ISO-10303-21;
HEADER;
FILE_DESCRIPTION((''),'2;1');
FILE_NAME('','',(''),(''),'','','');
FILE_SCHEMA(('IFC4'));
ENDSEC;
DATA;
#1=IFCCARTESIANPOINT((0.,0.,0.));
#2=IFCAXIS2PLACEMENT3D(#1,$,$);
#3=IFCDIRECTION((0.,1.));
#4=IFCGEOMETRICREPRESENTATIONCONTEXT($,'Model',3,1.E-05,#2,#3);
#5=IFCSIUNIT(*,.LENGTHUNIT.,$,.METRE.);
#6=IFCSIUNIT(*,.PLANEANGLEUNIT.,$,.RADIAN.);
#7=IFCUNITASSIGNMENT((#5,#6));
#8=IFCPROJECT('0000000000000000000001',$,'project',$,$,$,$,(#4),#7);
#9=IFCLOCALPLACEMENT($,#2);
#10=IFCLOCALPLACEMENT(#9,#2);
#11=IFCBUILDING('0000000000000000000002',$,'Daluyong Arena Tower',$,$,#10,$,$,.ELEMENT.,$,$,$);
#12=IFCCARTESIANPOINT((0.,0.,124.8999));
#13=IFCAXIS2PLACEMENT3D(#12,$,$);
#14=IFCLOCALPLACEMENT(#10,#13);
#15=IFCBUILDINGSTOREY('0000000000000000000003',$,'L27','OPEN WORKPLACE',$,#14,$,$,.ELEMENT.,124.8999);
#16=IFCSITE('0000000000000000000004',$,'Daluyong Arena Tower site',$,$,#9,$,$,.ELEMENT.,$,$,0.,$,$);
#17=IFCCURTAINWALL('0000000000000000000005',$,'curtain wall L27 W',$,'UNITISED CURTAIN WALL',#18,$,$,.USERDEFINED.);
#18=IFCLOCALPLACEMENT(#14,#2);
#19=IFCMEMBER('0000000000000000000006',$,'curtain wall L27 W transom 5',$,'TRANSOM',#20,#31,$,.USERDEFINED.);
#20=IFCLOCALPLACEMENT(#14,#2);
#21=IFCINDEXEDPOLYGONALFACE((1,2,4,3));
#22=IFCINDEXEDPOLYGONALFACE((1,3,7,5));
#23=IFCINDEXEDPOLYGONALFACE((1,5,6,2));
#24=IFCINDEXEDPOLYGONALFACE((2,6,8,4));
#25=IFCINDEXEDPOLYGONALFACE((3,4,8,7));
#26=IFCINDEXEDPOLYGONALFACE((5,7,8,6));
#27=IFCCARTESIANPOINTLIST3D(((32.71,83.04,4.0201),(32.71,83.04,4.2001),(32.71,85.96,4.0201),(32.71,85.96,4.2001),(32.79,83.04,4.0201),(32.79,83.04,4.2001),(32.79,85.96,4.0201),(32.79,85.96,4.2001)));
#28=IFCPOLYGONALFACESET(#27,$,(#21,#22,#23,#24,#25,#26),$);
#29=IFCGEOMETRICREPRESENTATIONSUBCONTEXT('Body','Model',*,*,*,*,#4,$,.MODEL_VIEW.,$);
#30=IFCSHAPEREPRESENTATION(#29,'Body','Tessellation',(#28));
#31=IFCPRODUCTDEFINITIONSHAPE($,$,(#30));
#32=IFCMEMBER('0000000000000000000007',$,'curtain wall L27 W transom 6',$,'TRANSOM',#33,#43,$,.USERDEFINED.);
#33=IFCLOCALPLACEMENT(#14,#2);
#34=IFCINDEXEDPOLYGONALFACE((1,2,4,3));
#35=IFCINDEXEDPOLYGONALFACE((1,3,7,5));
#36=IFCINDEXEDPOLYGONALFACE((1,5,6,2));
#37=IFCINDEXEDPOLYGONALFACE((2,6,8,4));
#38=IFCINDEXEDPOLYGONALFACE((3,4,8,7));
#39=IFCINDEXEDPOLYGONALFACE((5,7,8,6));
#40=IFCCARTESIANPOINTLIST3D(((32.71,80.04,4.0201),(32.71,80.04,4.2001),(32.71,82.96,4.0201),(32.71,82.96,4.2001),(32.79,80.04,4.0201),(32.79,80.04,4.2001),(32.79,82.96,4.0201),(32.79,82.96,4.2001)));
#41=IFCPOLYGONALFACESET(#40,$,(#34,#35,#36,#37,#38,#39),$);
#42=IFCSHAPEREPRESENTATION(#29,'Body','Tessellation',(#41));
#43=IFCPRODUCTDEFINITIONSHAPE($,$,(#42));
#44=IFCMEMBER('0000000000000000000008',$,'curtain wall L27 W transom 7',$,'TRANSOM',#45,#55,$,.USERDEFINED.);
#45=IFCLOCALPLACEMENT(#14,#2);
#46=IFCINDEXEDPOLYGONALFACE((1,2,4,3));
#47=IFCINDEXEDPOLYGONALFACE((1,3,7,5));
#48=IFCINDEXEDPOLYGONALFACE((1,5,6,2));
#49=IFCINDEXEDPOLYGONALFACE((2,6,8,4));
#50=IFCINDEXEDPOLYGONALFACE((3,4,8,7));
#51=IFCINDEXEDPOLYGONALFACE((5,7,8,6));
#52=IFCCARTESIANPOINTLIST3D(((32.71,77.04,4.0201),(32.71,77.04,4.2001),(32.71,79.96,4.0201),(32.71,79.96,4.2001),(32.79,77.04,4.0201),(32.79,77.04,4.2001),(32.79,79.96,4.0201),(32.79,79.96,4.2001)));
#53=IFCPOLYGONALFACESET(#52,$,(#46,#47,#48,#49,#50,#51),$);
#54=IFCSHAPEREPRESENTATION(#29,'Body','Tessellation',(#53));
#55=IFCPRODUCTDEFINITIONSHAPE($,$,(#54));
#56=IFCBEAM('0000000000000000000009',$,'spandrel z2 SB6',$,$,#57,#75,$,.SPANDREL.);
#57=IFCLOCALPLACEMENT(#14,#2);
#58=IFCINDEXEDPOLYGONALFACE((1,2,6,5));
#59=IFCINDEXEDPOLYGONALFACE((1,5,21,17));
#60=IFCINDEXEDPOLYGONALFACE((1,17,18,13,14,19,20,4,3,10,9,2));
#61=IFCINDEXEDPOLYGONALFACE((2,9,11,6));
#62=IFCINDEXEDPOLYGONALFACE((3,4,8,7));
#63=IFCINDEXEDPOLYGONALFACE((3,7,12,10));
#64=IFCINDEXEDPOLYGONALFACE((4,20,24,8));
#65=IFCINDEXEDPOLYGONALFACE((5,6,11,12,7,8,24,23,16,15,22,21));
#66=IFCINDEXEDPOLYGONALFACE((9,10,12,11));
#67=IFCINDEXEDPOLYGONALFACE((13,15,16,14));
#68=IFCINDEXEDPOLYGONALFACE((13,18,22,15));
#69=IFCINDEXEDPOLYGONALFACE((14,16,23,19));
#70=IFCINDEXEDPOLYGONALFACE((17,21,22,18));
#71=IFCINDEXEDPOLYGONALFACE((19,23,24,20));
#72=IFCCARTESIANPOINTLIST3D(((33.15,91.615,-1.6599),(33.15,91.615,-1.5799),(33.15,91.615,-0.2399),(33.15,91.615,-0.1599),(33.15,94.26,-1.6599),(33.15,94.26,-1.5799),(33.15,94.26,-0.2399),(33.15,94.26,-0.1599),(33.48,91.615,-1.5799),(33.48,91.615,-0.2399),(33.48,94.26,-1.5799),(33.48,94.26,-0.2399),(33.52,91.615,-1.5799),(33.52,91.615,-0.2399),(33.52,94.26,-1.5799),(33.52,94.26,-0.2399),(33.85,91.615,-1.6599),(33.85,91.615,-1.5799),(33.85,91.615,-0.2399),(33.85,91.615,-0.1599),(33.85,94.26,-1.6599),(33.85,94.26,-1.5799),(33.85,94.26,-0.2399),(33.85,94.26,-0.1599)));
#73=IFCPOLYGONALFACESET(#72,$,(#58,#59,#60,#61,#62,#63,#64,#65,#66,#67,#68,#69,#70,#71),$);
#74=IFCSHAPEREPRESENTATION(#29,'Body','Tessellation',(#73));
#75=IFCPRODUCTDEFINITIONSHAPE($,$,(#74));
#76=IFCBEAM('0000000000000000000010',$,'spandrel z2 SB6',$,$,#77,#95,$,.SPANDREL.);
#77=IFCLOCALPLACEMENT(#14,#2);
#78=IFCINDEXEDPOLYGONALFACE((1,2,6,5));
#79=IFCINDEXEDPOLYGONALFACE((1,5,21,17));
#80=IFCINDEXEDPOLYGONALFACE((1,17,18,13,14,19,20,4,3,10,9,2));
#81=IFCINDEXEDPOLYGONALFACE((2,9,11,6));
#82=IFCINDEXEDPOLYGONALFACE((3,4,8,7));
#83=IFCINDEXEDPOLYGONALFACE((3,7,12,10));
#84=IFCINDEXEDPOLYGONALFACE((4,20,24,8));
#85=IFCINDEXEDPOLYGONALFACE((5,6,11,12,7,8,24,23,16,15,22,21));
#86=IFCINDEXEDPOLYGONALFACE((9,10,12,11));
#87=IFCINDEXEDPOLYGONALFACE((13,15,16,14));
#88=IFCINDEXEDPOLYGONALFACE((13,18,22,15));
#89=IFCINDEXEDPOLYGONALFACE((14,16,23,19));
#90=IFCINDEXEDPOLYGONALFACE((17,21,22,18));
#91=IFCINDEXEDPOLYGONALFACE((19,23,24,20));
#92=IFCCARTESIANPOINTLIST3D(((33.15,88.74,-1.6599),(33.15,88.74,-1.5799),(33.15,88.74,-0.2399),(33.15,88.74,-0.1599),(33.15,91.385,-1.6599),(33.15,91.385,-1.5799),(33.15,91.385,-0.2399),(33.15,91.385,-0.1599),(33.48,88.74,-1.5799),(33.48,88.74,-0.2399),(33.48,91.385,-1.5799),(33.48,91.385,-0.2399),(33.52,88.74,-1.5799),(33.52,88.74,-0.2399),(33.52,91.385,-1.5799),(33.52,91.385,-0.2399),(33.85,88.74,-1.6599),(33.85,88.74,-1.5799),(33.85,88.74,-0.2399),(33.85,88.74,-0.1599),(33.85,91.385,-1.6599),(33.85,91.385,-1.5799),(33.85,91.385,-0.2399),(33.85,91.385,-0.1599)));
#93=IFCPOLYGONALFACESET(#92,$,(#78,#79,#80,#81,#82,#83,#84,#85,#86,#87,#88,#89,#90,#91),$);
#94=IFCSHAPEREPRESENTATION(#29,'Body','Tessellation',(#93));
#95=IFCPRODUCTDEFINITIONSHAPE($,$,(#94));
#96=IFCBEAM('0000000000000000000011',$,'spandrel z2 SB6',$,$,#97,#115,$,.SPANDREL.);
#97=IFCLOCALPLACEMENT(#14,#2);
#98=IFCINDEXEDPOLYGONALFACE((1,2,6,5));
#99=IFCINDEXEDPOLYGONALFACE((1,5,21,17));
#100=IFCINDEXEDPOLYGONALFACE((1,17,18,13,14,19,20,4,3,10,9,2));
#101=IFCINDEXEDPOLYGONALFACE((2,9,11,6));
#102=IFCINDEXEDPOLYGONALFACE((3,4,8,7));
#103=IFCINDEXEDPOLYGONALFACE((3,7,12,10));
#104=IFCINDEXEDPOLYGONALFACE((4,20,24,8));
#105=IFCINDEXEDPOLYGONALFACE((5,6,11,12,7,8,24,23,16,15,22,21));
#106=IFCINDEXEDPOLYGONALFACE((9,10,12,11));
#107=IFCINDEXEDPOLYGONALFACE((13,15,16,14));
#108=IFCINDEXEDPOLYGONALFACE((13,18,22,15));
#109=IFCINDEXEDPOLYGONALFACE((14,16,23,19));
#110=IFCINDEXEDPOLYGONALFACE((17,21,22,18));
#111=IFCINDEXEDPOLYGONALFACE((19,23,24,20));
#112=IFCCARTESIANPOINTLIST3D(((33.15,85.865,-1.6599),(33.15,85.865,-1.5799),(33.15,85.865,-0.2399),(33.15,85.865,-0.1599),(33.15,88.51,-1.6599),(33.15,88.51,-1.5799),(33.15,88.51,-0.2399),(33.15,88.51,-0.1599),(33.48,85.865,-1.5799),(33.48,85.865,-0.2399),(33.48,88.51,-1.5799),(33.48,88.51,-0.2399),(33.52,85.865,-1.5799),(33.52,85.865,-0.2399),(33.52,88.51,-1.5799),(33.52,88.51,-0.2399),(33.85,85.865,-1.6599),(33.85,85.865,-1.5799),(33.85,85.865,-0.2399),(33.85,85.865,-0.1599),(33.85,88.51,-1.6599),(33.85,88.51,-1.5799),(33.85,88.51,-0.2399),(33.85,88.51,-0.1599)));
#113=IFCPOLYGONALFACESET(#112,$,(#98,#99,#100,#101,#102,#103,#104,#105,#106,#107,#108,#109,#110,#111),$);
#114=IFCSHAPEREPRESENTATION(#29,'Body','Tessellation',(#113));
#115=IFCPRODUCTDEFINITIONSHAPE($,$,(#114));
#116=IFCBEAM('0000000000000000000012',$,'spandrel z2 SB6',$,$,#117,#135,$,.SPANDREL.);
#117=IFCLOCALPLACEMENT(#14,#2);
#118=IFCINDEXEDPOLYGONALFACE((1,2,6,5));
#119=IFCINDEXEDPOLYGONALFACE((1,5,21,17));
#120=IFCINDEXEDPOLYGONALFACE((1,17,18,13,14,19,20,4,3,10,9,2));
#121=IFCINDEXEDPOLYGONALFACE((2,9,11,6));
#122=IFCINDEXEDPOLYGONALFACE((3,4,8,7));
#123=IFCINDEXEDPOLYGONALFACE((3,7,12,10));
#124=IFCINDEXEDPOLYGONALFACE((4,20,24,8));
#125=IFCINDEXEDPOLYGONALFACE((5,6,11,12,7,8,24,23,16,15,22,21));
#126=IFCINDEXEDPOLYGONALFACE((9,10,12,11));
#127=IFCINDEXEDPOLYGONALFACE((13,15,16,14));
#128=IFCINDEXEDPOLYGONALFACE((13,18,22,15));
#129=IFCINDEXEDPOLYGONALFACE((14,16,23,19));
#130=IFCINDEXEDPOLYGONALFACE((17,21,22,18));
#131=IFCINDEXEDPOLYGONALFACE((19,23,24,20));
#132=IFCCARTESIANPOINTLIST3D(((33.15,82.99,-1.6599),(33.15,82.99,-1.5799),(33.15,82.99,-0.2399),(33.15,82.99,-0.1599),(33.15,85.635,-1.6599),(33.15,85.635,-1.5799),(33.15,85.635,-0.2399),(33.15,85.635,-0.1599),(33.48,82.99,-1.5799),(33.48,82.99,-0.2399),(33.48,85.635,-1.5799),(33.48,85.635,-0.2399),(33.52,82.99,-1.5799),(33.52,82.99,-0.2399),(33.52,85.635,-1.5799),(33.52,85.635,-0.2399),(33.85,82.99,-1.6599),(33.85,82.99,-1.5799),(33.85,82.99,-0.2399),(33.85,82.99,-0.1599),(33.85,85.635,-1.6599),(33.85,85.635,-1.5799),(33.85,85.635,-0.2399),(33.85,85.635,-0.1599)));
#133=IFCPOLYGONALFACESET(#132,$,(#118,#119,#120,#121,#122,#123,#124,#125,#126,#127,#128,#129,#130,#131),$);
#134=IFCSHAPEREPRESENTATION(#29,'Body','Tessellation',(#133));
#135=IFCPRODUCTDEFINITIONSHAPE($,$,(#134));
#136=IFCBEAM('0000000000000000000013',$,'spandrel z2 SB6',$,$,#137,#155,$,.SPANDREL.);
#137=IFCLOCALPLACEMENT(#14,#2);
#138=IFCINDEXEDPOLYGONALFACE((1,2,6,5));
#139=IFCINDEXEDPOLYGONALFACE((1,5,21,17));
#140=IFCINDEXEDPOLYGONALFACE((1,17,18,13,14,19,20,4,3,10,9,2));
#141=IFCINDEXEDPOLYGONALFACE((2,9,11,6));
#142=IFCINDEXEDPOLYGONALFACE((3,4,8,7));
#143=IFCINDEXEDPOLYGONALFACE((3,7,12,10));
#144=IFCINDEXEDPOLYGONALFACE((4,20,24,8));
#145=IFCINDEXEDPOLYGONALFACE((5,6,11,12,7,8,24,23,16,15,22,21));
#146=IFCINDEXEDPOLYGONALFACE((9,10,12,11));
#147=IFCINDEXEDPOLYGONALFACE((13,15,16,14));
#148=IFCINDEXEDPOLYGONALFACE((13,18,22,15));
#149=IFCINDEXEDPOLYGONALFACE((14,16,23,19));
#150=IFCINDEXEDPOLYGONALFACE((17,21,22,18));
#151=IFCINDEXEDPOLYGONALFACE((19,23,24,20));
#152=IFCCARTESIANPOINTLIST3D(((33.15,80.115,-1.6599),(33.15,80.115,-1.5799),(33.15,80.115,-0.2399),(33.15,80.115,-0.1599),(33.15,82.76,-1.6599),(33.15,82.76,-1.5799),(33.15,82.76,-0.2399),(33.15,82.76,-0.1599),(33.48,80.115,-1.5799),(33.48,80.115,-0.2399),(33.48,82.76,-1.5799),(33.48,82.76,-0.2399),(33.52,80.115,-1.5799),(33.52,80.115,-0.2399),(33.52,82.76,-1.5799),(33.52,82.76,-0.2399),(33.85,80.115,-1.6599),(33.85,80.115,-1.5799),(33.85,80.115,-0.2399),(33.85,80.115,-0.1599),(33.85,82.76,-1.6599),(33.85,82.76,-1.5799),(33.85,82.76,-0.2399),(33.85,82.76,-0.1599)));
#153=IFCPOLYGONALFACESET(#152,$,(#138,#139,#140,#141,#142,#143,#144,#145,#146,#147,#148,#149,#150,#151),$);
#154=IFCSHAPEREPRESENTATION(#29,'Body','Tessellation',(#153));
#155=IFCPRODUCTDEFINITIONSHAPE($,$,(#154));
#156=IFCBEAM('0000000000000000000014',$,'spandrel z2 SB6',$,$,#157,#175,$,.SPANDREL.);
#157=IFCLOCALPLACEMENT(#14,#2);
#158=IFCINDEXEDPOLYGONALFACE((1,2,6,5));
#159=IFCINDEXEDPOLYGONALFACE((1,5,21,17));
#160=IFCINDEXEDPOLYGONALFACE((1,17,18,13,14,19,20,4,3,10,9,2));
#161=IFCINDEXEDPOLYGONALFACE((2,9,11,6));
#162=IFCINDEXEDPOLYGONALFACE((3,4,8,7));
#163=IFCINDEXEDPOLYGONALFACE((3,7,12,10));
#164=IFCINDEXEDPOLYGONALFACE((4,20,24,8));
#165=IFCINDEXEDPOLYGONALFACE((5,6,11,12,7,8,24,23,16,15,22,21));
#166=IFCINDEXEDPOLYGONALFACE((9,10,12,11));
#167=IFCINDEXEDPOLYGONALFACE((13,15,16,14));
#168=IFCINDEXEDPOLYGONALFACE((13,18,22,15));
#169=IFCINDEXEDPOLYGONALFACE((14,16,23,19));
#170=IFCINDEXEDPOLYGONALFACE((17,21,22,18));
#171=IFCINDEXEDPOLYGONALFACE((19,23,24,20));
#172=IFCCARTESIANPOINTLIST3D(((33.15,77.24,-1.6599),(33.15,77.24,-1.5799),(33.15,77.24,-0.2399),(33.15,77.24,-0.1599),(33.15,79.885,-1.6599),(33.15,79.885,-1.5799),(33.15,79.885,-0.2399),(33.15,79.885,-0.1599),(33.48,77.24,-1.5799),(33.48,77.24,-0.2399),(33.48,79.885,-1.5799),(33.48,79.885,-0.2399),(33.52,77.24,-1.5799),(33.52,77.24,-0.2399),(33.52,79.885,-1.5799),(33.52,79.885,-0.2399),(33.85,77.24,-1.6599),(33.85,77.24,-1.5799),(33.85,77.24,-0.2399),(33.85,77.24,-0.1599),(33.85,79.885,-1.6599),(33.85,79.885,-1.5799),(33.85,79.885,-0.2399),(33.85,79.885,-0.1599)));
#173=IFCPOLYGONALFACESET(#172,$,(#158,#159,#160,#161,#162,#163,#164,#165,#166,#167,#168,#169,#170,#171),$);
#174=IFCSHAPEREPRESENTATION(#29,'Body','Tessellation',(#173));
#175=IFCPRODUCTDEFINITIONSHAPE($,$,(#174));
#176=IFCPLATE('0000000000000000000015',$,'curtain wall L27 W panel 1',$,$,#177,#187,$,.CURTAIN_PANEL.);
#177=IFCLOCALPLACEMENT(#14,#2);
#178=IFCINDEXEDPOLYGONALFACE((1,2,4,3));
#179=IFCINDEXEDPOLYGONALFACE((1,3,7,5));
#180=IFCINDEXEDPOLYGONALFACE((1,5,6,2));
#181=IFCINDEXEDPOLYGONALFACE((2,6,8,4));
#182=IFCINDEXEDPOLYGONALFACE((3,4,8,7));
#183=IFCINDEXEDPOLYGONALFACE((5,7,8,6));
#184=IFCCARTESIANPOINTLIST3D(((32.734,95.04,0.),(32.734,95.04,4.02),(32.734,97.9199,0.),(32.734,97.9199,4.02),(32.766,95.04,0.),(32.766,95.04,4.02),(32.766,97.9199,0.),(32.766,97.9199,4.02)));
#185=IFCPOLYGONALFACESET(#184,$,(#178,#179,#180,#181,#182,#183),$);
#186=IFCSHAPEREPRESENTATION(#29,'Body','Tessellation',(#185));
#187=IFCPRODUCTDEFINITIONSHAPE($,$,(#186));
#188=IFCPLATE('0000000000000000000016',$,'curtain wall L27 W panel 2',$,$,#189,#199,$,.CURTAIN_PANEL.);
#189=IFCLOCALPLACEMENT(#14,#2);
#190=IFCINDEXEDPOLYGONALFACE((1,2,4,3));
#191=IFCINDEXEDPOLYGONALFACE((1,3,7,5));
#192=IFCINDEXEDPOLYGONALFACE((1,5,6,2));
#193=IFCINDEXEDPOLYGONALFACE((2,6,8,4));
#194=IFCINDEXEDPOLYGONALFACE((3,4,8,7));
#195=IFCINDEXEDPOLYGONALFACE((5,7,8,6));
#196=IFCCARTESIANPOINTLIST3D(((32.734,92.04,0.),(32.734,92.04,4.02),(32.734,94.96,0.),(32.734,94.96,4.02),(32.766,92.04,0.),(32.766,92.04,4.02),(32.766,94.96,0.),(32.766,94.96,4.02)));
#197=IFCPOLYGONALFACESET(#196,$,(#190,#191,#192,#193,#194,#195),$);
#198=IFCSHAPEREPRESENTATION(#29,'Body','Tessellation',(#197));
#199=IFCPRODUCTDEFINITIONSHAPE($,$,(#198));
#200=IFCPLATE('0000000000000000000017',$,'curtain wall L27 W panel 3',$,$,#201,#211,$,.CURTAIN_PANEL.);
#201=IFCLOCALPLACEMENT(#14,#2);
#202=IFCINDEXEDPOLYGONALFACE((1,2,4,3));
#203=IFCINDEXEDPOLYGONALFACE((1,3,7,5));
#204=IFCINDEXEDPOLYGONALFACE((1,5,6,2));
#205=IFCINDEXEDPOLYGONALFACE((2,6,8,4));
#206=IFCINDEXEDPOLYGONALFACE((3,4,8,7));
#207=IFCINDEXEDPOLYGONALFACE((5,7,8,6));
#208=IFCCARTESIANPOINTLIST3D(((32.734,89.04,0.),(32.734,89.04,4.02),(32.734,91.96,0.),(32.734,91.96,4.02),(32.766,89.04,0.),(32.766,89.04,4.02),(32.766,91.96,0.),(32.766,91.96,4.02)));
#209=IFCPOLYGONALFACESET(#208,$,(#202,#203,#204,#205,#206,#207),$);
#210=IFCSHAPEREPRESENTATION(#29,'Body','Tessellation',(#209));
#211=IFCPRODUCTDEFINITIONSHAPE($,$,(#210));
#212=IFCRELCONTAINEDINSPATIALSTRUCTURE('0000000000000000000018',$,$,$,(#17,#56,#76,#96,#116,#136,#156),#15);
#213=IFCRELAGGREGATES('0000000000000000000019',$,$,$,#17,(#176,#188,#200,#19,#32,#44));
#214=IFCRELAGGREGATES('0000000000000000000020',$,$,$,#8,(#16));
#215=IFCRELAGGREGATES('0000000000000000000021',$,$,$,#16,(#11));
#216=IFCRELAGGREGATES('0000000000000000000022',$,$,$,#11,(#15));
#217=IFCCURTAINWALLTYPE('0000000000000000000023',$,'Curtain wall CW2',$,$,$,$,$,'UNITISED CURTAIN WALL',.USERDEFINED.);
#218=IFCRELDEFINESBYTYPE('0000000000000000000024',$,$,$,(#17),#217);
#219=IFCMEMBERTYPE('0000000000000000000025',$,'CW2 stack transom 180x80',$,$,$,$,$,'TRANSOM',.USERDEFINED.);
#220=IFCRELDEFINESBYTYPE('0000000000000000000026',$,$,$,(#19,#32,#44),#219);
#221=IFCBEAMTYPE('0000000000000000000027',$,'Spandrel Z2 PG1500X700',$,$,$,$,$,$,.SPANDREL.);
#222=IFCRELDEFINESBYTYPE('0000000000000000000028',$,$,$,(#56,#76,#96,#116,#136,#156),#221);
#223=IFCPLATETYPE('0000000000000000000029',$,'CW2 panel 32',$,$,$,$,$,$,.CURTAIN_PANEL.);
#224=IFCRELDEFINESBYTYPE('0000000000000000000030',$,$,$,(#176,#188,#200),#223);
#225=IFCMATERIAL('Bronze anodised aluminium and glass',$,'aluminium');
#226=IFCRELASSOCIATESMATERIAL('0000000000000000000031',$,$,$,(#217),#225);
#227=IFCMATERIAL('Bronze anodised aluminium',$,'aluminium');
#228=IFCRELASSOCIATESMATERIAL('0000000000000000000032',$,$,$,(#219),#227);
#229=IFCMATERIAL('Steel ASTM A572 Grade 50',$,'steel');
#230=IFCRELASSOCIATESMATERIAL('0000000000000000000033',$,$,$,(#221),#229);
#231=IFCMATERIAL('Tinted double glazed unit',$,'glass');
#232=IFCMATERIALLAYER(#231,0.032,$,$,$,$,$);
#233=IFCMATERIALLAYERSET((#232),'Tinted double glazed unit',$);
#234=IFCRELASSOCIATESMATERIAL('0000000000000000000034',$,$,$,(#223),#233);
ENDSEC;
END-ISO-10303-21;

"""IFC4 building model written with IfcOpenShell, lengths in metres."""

from ifc_helpers import new_model, si_unit, direction, frame, origin, origin_2d, place, context, subcontext, project, spatial, rectangle, i_section, extrude, material, layer, layer_set, material_profile, profile_set, type_object, element, aggregate, save


model = new_model("IFC4")

# Units and contexts
model_context = context("Model", 3, precision=1e-05, world=origin(), true_north=direction((0.0, 1.0)))
body_context = subcontext(model_context, "Body", "Model", "MODEL_VIEW")
ifc_project = project(units=[si_unit("LENGTHUNIT", "METRE"), si_unit("PLANEANGLEUNIT", "RADIAN")], contexts=[model_context])

# Site, building, storey
site_placement = place(None, origin())
site = spatial("IfcSite", under=ifc_project, at=site_placement, Name="Daluyong Arena Tower site", CompositionType="ELEMENT", RefElevation=0.0)
building_placement = place(site_placement, origin())
building = spatial("IfcBuilding", under=site, at=building_placement, Name="Daluyong Arena Tower", CompositionType="ELEMENT")
storey_placement = place(building_placement, frame((0.0, 0.0, 124.8999)))
storey = spatial("IfcBuildingStorey", under=building, at=storey_placement, Name="L27", Description="OPEN WORKPLACE", CompositionType="ELEMENT", Elevation=124.8999)

# Curtain wall, members
ifc_material_1 = material(Name="Bronze anodised aluminium and glass", Category="aluminium")
curtain_wall_type = type_object("IfcCurtainWallType", Name="Curtain wall CW2", ElementType="UNITISED CURTAIN WALL", PredefinedType="USERDEFINED", material=ifc_material_1)
curtain_wall_placement = place(storey_placement, origin())
curtain_wall = element("IfcCurtainWall", 1, at=curtain_wall_placement, inside=storey, type_object=curtain_wall_type, Name="curtain wall L27 W", ObjectType="UNITISED CURTAIN WALL", PredefinedType="USERDEFINED")
ifc_material_2 = material(Name="Bronze anodised aluminium", Category="aluminium")
ifc_material_profile_1 = material_profile(ifc_material_2, rectangle(XDim=0.0801, YDim=0.1799, at=origin_2d()))
ifc_profile_set_1 = profile_set([ifc_material_profile_1], Name="Bronze anodised aluminium")
member_type_1 = type_object("IfcMemberType", Name="CW2 stack transom 180x80", ElementType="TRANSOM", PredefinedType="USERDEFINED", material=ifc_profile_set_1)
member_1_placement = place(storey_placement, frame((32.75, 85.96, 4.1101), z_axis=(0.0, -1.0, 0.0), x_axis=(1.0, 0.0, 0.0)))
member_1 = element("IfcMember", 2, at=member_1_placement, type_object=member_type_1, Name="curtain wall L27 W transom 5", ObjectType="TRANSOM", PredefinedType="USERDEFINED", context=body_context, shape_type="SweptSolid", body=[
    extrude(rectangle(XDim=0.0801, YDim=0.1799, at=origin_2d()), origin(), (0.0, 0.0, 1.0), 2.9199),
])
member_2_placement = place(storey_placement, frame((32.75, 82.96, 4.1101), z_axis=(0.0, -1.0, 0.0), x_axis=(1.0, 0.0, 0.0)))
member_2 = element("IfcMember", 3, at=member_2_placement, type_object=member_type_1, Name="curtain wall L27 W transom 6", ObjectType="TRANSOM", PredefinedType="USERDEFINED", context=body_context, shape_type="SweptSolid", body=[
    extrude(rectangle(XDim=0.0801, YDim=0.1799, at=origin_2d()), origin(), (0.0, 0.0, 1.0), 2.9199),
])
member_3_placement = place(storey_placement, frame((32.75, 79.96, 4.1101), z_axis=(0.0, -1.0, 0.0), x_axis=(1.0, 0.0, 0.0)))
member_3 = element("IfcMember", 4, at=member_3_placement, type_object=member_type_1, Name="curtain wall L27 W transom 7", ObjectType="TRANSOM", PredefinedType="USERDEFINED", context=body_context, shape_type="SweptSolid", body=[
    extrude(rectangle(XDim=0.0801, YDim=0.1799, at=origin_2d()), origin(), (0.0, 0.0, 1.0), 2.9199),
])

# Beams
ifc_material_3 = material(Name="Steel ASTM A572 Grade 50", Category="steel")
ifc_material_profile_2 = material_profile(ifc_material_3, i_section(OverallWidth=0.7, OverallDepth=1.5, WebThickness=0.04, FlangeThickness=0.08, at=origin_2d()))
ifc_profile_set_2 = profile_set([ifc_material_profile_2], Name="Steel ASTM A572 Grade 50")
beam_type = type_object("IfcBeamType", Name="Spandrel Z2 PG1500X700", PredefinedType="SPANDREL", material=ifc_profile_set_2)
for number, where, z_axis, x_axis, name in (
    (5, (33.5, 94.26, -0.9099), (0.0, -1.0, 0.0), (1.0, 0.0, 0.0), "spandrel z2 SB6"),
    (6, (33.5, 91.385, -0.9099), (0.0, -1.0, 0.0), (1.0, 0.0, 0.0), "spandrel z2 SB6"),
    (7, (33.5, 88.51, -0.9099), (0.0, -1.0, 0.0), (1.0, 0.0, 0.0), "spandrel z2 SB6"),
    (8, (33.5, 85.635, -0.9099), (0.0, -1.0, 0.0), (1.0, 0.0, 0.0), "spandrel z2 SB6"),
    (9, (33.5, 82.76, -0.9099), (0.0, -1.0, 0.0), (1.0, 0.0, 0.0), "spandrel z2 SB6"),
    (10, (33.5, 79.885, -0.9099), (0.0, -1.0, 0.0), (1.0, 0.0, 0.0), "spandrel z2 SB6"),
):
    element("IfcBeam", number, at=place(storey_placement, frame(where, z_axis=z_axis, x_axis=x_axis)), inside=storey, type_object=beam_type, Name=name, PredefinedType="SPANDREL", context=body_context, shape_type="SweptSolid", body=[
        extrude(i_section(OverallWidth=0.7, OverallDepth=1.5, WebThickness=0.04, FlangeThickness=0.08, at=origin_2d()), origin(), (0.0, 0.0, 1.0), 2.645),
    ])

# Plates
ifc_material_4 = material(Name="Tinted double glazed unit", Category="glass")
ifc_layer = layer(ifc_material_4, 0.032)
ifc_layer_set = layer_set([ifc_layer], Name="Tinted double glazed unit")
plate_type = type_object("IfcPlateType", Name="CW2 panel 32", PredefinedType="CURTAIN_PANEL", material=ifc_layer_set)
plate_1_placement = place(storey_placement, frame((32.75, 96.48, 0.0), z_axis=(0.0, 0.0, 1.0), x_axis=(0.0, -1.0, 0.0)))
plate_1 = element("IfcPlate", 11, at=plate_1_placement, type_object=plate_type, Name="curtain wall L27 W panel 1", PredefinedType="CURTAIN_PANEL", context=body_context, shape_type="SweptSolid", body=[
    extrude(rectangle(XDim=2.8799, YDim=0.032, at=origin_2d()), origin(), (0.0, 0.0, 1.0), 4.02),
])
plate_2_placement = place(storey_placement, frame((32.75, 93.5, 0.0), z_axis=(0.0, 0.0, 1.0), x_axis=(0.0, -1.0, 0.0)))
plate_2 = element("IfcPlate", 12, at=plate_2_placement, type_object=plate_type, Name="curtain wall L27 W panel 2", PredefinedType="CURTAIN_PANEL", context=body_context, shape_type="SweptSolid", body=[
    extrude(rectangle(XDim=2.9199, YDim=0.032, at=origin_2d()), origin(), (0.0, 0.0, 1.0), 4.02),
])
plate_3_placement = place(storey_placement, frame((32.75, 90.5, 0.0), z_axis=(0.0, 0.0, 1.0), x_axis=(0.0, -1.0, 0.0)))
plate_3 = element("IfcPlate", 13, at=plate_3_placement, type_object=plate_type, Name="curtain wall L27 W panel 3", PredefinedType="CURTAIN_PANEL", context=body_context, shape_type="SweptSolid", body=[
    extrude(rectangle(XDim=2.9199, YDim=0.032, at=origin_2d()), origin(), (0.0, 0.0, 1.0), 4.02),
])
aggregate(curtain_wall, [plate_1, plate_2, plate_3, member_1, member_2, member_3])

save(model, "model.ifc")
